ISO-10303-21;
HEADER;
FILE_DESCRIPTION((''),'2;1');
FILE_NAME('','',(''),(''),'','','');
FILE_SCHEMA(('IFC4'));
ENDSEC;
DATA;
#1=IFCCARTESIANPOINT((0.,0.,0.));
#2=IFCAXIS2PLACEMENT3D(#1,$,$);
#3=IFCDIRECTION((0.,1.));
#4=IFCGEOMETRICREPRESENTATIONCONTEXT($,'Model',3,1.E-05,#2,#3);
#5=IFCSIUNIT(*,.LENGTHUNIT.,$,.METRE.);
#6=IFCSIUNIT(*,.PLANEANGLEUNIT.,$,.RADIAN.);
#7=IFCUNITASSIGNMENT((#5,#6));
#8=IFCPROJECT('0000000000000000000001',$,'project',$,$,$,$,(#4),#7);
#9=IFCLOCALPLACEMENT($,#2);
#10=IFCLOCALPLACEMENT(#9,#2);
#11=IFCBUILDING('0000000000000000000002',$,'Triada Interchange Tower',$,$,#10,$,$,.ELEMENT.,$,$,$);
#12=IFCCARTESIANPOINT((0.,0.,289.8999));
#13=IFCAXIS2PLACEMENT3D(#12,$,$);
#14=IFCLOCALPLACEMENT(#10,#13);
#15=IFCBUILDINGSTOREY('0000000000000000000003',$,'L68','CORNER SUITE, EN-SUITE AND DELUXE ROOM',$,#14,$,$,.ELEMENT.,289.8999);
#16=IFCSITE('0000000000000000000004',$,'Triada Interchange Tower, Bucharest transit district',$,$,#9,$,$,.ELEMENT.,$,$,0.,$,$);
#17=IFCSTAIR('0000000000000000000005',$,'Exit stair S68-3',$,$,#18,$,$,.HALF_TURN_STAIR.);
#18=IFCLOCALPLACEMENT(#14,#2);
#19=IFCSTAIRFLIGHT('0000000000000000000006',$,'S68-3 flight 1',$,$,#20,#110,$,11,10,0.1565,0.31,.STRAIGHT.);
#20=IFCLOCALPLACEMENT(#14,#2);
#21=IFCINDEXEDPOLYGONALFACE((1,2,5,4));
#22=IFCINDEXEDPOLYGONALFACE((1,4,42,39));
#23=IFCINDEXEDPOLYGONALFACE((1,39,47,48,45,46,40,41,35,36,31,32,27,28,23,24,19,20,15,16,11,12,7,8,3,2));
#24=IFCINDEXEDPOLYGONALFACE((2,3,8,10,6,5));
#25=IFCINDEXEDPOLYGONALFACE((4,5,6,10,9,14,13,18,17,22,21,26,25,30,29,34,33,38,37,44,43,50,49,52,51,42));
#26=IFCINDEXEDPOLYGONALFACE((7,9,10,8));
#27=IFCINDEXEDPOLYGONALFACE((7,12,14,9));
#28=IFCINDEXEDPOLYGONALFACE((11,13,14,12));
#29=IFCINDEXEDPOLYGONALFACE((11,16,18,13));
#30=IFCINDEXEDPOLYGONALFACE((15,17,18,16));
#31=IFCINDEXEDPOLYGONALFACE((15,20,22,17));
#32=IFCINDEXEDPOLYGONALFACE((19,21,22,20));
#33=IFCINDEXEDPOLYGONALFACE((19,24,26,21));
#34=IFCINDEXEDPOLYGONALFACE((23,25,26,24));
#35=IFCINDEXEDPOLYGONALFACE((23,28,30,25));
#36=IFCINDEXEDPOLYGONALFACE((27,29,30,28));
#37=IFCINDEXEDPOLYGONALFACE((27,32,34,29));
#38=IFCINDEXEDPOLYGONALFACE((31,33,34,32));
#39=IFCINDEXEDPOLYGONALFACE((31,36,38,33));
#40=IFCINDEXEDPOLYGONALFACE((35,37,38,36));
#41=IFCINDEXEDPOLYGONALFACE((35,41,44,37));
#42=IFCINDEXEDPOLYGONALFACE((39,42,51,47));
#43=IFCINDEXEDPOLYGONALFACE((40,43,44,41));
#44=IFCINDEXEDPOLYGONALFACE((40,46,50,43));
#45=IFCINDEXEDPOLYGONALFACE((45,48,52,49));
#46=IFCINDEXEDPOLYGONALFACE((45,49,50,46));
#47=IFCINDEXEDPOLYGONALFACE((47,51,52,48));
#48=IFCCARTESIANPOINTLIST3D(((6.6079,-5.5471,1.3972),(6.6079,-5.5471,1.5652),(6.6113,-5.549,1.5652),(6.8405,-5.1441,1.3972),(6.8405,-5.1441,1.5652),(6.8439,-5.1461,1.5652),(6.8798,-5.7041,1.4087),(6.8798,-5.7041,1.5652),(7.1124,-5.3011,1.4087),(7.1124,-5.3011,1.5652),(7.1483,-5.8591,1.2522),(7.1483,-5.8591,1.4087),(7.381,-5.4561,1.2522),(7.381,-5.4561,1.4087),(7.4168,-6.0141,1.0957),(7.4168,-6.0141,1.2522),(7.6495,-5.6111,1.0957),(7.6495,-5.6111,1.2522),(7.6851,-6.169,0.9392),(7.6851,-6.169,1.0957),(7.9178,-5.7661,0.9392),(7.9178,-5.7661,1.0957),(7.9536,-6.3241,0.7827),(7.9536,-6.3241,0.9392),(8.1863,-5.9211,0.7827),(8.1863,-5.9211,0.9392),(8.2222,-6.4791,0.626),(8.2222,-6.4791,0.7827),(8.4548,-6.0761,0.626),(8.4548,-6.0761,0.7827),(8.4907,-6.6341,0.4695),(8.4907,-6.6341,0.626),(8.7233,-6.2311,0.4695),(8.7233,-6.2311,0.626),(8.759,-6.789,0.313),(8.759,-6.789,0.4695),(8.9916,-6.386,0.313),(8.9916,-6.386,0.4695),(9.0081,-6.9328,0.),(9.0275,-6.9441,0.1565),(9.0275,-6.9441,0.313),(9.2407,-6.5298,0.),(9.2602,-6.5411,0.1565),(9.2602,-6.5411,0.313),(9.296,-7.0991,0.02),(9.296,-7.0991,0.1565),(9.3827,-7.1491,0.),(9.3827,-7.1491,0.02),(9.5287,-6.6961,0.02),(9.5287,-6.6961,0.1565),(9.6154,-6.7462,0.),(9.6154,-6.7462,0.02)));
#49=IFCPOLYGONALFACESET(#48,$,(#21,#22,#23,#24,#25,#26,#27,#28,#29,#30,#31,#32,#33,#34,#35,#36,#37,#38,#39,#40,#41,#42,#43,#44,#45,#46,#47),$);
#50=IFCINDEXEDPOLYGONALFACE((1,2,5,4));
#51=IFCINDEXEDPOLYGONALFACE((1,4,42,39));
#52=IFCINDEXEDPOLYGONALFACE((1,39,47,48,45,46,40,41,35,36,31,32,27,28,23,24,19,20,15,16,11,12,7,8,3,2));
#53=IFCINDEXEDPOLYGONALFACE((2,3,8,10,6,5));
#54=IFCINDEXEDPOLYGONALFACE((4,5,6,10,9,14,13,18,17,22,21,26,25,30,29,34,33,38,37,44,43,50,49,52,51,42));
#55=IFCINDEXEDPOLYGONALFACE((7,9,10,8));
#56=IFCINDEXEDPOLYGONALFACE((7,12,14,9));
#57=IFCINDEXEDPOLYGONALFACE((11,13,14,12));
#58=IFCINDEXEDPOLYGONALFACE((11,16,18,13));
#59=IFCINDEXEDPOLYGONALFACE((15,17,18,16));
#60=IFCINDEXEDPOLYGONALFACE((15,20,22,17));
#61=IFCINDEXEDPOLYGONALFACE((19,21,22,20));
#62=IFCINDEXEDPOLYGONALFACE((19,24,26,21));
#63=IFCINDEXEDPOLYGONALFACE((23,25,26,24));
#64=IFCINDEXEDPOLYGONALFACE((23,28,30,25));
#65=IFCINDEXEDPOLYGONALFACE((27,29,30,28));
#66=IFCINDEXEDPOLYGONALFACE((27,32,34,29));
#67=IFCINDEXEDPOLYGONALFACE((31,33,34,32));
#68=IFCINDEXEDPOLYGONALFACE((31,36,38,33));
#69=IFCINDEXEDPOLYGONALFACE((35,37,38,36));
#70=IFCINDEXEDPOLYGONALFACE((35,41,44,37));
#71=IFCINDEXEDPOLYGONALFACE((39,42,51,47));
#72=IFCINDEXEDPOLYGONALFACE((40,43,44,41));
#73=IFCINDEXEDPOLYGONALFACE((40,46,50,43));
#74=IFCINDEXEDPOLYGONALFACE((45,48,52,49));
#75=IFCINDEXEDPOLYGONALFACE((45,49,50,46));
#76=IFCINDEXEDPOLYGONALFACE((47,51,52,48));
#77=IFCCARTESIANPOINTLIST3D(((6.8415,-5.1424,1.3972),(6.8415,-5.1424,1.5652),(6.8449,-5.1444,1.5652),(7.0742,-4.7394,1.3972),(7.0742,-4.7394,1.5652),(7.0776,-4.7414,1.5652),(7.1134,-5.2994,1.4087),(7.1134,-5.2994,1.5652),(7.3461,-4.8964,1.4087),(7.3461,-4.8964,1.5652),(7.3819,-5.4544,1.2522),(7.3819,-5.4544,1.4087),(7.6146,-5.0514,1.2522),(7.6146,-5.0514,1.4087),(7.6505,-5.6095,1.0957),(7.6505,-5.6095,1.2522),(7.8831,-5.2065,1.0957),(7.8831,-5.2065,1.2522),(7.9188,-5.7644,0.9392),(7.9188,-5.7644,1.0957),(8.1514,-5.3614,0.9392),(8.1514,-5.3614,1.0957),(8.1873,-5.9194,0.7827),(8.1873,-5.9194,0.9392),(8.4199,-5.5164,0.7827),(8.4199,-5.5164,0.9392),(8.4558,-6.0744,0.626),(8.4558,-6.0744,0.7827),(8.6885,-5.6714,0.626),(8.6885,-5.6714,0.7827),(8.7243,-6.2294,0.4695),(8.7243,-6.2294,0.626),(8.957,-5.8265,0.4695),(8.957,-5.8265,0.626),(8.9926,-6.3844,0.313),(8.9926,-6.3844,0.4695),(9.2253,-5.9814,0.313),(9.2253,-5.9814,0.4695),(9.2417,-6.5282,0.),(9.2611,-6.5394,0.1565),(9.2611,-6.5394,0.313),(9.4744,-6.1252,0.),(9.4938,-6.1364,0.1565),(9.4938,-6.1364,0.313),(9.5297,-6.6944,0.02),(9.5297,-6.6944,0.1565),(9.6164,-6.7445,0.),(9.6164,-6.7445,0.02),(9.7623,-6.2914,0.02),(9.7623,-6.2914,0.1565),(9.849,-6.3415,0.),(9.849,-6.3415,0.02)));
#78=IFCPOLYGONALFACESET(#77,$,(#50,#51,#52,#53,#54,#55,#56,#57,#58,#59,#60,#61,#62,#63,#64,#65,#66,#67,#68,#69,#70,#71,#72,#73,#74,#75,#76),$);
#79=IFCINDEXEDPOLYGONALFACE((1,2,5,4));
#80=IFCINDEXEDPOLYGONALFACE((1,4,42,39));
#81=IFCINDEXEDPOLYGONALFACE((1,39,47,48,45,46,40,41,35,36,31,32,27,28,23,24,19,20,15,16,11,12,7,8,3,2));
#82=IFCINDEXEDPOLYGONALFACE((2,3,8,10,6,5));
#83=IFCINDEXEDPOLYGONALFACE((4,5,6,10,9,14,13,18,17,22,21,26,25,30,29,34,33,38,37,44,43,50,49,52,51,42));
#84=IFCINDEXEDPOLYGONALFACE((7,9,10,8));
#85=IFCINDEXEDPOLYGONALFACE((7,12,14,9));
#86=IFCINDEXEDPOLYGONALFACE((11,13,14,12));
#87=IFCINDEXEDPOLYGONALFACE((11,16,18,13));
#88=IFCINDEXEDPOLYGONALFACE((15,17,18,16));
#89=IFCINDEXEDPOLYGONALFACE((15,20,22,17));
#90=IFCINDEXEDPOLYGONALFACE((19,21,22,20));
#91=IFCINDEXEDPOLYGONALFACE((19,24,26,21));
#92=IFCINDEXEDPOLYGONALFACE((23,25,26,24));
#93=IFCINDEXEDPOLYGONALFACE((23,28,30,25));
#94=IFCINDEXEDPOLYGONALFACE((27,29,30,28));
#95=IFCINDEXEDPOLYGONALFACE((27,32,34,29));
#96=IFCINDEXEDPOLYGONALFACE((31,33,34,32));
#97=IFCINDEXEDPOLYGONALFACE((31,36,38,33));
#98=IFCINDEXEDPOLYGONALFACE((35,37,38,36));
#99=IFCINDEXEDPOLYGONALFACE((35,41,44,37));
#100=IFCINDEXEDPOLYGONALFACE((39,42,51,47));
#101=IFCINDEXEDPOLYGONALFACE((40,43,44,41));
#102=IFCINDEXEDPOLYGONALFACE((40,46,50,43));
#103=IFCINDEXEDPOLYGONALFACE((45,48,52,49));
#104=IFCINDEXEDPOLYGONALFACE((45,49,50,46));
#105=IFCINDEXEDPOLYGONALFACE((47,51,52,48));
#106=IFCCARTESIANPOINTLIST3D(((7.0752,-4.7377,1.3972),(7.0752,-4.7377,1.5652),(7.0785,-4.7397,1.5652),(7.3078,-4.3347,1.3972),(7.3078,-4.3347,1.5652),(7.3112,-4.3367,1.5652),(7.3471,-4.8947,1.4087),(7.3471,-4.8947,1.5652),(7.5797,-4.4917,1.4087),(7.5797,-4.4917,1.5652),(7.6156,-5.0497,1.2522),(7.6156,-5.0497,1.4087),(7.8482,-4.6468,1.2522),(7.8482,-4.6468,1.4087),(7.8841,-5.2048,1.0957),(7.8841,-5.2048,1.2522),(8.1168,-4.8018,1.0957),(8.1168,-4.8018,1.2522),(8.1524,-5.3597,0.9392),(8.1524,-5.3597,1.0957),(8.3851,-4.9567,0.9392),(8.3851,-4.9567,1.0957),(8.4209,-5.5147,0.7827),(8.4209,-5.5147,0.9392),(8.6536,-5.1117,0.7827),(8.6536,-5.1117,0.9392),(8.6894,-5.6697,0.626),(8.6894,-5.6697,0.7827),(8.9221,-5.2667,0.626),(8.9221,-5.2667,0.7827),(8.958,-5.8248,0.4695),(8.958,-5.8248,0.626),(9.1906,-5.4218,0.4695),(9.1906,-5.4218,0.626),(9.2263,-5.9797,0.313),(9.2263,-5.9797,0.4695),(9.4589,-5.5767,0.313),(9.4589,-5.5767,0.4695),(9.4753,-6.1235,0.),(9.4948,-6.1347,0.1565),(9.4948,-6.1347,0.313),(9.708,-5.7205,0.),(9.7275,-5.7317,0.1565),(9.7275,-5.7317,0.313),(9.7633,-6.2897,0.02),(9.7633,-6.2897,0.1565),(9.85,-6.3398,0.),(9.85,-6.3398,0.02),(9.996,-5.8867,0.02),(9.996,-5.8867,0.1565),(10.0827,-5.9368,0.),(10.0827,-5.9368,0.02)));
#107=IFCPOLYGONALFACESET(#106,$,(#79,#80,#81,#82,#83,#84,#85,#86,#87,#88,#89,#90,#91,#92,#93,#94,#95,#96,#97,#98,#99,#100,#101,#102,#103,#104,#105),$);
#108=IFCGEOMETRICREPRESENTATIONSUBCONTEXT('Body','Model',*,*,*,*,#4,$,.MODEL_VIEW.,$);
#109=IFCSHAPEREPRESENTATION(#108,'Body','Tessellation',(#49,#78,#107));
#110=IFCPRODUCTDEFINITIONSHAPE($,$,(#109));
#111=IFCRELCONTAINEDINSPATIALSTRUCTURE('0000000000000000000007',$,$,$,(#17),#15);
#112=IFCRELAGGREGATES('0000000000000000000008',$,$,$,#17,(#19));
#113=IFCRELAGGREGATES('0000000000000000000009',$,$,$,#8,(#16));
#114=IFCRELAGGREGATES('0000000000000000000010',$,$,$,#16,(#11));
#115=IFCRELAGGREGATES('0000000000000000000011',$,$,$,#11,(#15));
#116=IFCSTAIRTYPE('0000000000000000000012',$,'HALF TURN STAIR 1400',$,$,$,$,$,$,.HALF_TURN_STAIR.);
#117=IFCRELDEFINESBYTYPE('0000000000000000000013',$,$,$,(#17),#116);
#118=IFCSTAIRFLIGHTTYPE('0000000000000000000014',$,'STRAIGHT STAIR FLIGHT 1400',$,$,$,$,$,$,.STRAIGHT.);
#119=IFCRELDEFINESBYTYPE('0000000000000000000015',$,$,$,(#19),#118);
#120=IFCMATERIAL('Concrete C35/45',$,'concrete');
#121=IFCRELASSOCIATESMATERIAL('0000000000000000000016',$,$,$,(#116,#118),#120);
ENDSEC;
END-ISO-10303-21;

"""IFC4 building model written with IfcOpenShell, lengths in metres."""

from ifc_helpers import new_model, si_unit, direction, frame, origin, place, context, subcontext, project, spatial, polyline, outline, extrude, material, type_object, element, aggregate, save


model = new_model("IFC4")

# Units and contexts
model_context = context("Model", 3, precision=1e-05, world=origin(), true_north=direction((0.0, 1.0)))
body_context = subcontext(model_context, "Body", "Model", "MODEL_VIEW")
ifc_project = project(units=[si_unit("LENGTHUNIT", "METRE"), si_unit("PLANEANGLEUNIT", "RADIAN")], contexts=[model_context])

# Site, building, storey
site_placement = place(None, origin())
site = spatial("IfcSite", under=ifc_project, at=site_placement, Name="Triada Interchange Tower, Bucharest transit district", CompositionType="ELEMENT", RefElevation=0.0)
building_placement = place(site_placement, origin())
building = spatial("IfcBuilding", under=site, at=building_placement, Name="Triada Interchange Tower", CompositionType="ELEMENT")
storey_placement = place(building_placement, frame((0.0, 0.0, 289.8999)))
storey = spatial("IfcBuildingStorey", under=building, at=storey_placement, Name="L68", Description="CORNER SUITE, EN-SUITE AND DELUXE ROOM", CompositionType="ELEMENT", Elevation=289.8999)

# Stair, stair flight
ifc_material_1 = material(Name="Concrete C35/45", Category="concrete")
stair_type = type_object("IfcStairType", Name="HALF TURN STAIR 1400", PredefinedType="HALF_TURN_STAIR", material=ifc_material_1)
stair_placement = place(storey_placement, origin())
stair = element("IfcStair", 1, at=stair_placement, inside=storey, type_object=stair_type, Name="Exit stair S68-3", PredefinedType="HALF_TURN_STAIR")
stair_flight_type = type_object("IfcStairFlightType", Name="STRAIGHT STAIR FLIGHT 1400", PredefinedType="STRAIGHT", material=ifc_material_1)
stair_flight_1_placement = place(storey_placement, frame((9.646, -6.4929, 0.0), z_axis=(0.0, 0.0, 1.0), x_axis=(-0.866025, 0.5, 0.0)))
stair_flight_1 = element("IfcStairFlight", 2, at=stair_flight_1_placement, type_object=stair_flight_type, Name="S68-3 flight 1", NumberOfRisers=11, NumberOfTreads=10, PredefinedType="STRAIGHT", RiserHeight=0.1565, TreadLength=0.31, context=body_context, shape_type="SweptSolid", body=[
    extrude(outline(polyline([(-0.1001, 0.0), (-0.1001, 0.02), (0.0, 0.02), (0.0, 0.1565), (0.3101, 0.1565), (0.3101, 0.313), (0.6201, 0.313), (0.6201, 0.4695), (0.9299, 0.4695), (0.9299, 0.626), (1.24, 0.626), (1.24, 0.7827), (1.55, 0.7827), (1.55, 0.9392), (1.8601, 0.9392), (1.8601, 1.0957), (2.1699, 1.0957), (2.1699, 1.2522), (2.48, 1.2522), (2.48, 1.4087), (2.79, 1.4087), (2.79, 1.5652), (3.1001, 1.5652), (3.104, 1.5652), (3.104, 1.7217), (3.104, 1.3972), (0.3325, 0.0), (-0.1001, 0.0)])), frame((0.0, 0.7, 0.0), z_axis=(0.0, -1.0, 0.0), x_axis=(1.0, 0.0, 0.0)), (0.0, 0.0, 1.0), 0.4653),
    extrude(outline(polyline([(-0.1001, 0.0), (-0.1001, 0.02), (0.0, 0.02), (0.0, 0.1565), (0.3101, 0.1565), (0.3101, 0.313), (0.6201, 0.313), (0.6201, 0.4695), (0.9299, 0.4695), (0.9299, 0.626), (1.24, 0.626), (1.24, 0.7827), (1.55, 0.7827), (1.55, 0.9392), (1.8601, 0.9392), (1.8601, 1.0957), (2.1699, 1.0957), (2.1699, 1.2522), (2.48, 1.2522), (2.48, 1.4087), (2.79, 1.4087), (2.79, 1.5652), (3.1001, 1.5652), (3.104, 1.5652), (3.104, 1.7217), (3.104, 1.3972), (0.3325, 0.0), (-0.1001, 0.0)])), frame((0.0, 0.2327, 0.0), z_axis=(0.0, -1.0, 0.0), x_axis=(1.0, 0.0, 0.0)), (0.0, 0.0, 1.0), 0.4653),
    extrude(outline(polyline([(-0.1001, 0.0), (-0.1001, 0.02), (0.0, 0.02), (0.0, 0.1565), (0.3101, 0.1565), (0.3101, 0.313), (0.6201, 0.313), (0.6201, 0.4695), (0.9299, 0.4695), (0.9299, 0.626), (1.24, 0.626), (1.24, 0.7827), (1.55, 0.7827), (1.55, 0.9392), (1.8601, 0.9392), (1.8601, 1.0957), (2.1699, 1.0957), (2.1699, 1.2522), (2.48, 1.2522), (2.48, 1.4087), (2.79, 1.4087), (2.79, 1.5652), (3.1001, 1.5652), (3.104, 1.5652), (3.104, 1.7217), (3.104, 1.3972), (0.3325, 0.0), (-0.1001, 0.0)])), frame((0.0, -0.2346, 0.0), z_axis=(0.0, -1.0, 0.0), x_axis=(1.0, 0.0, 0.0)), (0.0, 0.0, 1.0), 0.4653),
])
aggregate(stair, [stair_flight_1])

save(model, "model.ifc")
